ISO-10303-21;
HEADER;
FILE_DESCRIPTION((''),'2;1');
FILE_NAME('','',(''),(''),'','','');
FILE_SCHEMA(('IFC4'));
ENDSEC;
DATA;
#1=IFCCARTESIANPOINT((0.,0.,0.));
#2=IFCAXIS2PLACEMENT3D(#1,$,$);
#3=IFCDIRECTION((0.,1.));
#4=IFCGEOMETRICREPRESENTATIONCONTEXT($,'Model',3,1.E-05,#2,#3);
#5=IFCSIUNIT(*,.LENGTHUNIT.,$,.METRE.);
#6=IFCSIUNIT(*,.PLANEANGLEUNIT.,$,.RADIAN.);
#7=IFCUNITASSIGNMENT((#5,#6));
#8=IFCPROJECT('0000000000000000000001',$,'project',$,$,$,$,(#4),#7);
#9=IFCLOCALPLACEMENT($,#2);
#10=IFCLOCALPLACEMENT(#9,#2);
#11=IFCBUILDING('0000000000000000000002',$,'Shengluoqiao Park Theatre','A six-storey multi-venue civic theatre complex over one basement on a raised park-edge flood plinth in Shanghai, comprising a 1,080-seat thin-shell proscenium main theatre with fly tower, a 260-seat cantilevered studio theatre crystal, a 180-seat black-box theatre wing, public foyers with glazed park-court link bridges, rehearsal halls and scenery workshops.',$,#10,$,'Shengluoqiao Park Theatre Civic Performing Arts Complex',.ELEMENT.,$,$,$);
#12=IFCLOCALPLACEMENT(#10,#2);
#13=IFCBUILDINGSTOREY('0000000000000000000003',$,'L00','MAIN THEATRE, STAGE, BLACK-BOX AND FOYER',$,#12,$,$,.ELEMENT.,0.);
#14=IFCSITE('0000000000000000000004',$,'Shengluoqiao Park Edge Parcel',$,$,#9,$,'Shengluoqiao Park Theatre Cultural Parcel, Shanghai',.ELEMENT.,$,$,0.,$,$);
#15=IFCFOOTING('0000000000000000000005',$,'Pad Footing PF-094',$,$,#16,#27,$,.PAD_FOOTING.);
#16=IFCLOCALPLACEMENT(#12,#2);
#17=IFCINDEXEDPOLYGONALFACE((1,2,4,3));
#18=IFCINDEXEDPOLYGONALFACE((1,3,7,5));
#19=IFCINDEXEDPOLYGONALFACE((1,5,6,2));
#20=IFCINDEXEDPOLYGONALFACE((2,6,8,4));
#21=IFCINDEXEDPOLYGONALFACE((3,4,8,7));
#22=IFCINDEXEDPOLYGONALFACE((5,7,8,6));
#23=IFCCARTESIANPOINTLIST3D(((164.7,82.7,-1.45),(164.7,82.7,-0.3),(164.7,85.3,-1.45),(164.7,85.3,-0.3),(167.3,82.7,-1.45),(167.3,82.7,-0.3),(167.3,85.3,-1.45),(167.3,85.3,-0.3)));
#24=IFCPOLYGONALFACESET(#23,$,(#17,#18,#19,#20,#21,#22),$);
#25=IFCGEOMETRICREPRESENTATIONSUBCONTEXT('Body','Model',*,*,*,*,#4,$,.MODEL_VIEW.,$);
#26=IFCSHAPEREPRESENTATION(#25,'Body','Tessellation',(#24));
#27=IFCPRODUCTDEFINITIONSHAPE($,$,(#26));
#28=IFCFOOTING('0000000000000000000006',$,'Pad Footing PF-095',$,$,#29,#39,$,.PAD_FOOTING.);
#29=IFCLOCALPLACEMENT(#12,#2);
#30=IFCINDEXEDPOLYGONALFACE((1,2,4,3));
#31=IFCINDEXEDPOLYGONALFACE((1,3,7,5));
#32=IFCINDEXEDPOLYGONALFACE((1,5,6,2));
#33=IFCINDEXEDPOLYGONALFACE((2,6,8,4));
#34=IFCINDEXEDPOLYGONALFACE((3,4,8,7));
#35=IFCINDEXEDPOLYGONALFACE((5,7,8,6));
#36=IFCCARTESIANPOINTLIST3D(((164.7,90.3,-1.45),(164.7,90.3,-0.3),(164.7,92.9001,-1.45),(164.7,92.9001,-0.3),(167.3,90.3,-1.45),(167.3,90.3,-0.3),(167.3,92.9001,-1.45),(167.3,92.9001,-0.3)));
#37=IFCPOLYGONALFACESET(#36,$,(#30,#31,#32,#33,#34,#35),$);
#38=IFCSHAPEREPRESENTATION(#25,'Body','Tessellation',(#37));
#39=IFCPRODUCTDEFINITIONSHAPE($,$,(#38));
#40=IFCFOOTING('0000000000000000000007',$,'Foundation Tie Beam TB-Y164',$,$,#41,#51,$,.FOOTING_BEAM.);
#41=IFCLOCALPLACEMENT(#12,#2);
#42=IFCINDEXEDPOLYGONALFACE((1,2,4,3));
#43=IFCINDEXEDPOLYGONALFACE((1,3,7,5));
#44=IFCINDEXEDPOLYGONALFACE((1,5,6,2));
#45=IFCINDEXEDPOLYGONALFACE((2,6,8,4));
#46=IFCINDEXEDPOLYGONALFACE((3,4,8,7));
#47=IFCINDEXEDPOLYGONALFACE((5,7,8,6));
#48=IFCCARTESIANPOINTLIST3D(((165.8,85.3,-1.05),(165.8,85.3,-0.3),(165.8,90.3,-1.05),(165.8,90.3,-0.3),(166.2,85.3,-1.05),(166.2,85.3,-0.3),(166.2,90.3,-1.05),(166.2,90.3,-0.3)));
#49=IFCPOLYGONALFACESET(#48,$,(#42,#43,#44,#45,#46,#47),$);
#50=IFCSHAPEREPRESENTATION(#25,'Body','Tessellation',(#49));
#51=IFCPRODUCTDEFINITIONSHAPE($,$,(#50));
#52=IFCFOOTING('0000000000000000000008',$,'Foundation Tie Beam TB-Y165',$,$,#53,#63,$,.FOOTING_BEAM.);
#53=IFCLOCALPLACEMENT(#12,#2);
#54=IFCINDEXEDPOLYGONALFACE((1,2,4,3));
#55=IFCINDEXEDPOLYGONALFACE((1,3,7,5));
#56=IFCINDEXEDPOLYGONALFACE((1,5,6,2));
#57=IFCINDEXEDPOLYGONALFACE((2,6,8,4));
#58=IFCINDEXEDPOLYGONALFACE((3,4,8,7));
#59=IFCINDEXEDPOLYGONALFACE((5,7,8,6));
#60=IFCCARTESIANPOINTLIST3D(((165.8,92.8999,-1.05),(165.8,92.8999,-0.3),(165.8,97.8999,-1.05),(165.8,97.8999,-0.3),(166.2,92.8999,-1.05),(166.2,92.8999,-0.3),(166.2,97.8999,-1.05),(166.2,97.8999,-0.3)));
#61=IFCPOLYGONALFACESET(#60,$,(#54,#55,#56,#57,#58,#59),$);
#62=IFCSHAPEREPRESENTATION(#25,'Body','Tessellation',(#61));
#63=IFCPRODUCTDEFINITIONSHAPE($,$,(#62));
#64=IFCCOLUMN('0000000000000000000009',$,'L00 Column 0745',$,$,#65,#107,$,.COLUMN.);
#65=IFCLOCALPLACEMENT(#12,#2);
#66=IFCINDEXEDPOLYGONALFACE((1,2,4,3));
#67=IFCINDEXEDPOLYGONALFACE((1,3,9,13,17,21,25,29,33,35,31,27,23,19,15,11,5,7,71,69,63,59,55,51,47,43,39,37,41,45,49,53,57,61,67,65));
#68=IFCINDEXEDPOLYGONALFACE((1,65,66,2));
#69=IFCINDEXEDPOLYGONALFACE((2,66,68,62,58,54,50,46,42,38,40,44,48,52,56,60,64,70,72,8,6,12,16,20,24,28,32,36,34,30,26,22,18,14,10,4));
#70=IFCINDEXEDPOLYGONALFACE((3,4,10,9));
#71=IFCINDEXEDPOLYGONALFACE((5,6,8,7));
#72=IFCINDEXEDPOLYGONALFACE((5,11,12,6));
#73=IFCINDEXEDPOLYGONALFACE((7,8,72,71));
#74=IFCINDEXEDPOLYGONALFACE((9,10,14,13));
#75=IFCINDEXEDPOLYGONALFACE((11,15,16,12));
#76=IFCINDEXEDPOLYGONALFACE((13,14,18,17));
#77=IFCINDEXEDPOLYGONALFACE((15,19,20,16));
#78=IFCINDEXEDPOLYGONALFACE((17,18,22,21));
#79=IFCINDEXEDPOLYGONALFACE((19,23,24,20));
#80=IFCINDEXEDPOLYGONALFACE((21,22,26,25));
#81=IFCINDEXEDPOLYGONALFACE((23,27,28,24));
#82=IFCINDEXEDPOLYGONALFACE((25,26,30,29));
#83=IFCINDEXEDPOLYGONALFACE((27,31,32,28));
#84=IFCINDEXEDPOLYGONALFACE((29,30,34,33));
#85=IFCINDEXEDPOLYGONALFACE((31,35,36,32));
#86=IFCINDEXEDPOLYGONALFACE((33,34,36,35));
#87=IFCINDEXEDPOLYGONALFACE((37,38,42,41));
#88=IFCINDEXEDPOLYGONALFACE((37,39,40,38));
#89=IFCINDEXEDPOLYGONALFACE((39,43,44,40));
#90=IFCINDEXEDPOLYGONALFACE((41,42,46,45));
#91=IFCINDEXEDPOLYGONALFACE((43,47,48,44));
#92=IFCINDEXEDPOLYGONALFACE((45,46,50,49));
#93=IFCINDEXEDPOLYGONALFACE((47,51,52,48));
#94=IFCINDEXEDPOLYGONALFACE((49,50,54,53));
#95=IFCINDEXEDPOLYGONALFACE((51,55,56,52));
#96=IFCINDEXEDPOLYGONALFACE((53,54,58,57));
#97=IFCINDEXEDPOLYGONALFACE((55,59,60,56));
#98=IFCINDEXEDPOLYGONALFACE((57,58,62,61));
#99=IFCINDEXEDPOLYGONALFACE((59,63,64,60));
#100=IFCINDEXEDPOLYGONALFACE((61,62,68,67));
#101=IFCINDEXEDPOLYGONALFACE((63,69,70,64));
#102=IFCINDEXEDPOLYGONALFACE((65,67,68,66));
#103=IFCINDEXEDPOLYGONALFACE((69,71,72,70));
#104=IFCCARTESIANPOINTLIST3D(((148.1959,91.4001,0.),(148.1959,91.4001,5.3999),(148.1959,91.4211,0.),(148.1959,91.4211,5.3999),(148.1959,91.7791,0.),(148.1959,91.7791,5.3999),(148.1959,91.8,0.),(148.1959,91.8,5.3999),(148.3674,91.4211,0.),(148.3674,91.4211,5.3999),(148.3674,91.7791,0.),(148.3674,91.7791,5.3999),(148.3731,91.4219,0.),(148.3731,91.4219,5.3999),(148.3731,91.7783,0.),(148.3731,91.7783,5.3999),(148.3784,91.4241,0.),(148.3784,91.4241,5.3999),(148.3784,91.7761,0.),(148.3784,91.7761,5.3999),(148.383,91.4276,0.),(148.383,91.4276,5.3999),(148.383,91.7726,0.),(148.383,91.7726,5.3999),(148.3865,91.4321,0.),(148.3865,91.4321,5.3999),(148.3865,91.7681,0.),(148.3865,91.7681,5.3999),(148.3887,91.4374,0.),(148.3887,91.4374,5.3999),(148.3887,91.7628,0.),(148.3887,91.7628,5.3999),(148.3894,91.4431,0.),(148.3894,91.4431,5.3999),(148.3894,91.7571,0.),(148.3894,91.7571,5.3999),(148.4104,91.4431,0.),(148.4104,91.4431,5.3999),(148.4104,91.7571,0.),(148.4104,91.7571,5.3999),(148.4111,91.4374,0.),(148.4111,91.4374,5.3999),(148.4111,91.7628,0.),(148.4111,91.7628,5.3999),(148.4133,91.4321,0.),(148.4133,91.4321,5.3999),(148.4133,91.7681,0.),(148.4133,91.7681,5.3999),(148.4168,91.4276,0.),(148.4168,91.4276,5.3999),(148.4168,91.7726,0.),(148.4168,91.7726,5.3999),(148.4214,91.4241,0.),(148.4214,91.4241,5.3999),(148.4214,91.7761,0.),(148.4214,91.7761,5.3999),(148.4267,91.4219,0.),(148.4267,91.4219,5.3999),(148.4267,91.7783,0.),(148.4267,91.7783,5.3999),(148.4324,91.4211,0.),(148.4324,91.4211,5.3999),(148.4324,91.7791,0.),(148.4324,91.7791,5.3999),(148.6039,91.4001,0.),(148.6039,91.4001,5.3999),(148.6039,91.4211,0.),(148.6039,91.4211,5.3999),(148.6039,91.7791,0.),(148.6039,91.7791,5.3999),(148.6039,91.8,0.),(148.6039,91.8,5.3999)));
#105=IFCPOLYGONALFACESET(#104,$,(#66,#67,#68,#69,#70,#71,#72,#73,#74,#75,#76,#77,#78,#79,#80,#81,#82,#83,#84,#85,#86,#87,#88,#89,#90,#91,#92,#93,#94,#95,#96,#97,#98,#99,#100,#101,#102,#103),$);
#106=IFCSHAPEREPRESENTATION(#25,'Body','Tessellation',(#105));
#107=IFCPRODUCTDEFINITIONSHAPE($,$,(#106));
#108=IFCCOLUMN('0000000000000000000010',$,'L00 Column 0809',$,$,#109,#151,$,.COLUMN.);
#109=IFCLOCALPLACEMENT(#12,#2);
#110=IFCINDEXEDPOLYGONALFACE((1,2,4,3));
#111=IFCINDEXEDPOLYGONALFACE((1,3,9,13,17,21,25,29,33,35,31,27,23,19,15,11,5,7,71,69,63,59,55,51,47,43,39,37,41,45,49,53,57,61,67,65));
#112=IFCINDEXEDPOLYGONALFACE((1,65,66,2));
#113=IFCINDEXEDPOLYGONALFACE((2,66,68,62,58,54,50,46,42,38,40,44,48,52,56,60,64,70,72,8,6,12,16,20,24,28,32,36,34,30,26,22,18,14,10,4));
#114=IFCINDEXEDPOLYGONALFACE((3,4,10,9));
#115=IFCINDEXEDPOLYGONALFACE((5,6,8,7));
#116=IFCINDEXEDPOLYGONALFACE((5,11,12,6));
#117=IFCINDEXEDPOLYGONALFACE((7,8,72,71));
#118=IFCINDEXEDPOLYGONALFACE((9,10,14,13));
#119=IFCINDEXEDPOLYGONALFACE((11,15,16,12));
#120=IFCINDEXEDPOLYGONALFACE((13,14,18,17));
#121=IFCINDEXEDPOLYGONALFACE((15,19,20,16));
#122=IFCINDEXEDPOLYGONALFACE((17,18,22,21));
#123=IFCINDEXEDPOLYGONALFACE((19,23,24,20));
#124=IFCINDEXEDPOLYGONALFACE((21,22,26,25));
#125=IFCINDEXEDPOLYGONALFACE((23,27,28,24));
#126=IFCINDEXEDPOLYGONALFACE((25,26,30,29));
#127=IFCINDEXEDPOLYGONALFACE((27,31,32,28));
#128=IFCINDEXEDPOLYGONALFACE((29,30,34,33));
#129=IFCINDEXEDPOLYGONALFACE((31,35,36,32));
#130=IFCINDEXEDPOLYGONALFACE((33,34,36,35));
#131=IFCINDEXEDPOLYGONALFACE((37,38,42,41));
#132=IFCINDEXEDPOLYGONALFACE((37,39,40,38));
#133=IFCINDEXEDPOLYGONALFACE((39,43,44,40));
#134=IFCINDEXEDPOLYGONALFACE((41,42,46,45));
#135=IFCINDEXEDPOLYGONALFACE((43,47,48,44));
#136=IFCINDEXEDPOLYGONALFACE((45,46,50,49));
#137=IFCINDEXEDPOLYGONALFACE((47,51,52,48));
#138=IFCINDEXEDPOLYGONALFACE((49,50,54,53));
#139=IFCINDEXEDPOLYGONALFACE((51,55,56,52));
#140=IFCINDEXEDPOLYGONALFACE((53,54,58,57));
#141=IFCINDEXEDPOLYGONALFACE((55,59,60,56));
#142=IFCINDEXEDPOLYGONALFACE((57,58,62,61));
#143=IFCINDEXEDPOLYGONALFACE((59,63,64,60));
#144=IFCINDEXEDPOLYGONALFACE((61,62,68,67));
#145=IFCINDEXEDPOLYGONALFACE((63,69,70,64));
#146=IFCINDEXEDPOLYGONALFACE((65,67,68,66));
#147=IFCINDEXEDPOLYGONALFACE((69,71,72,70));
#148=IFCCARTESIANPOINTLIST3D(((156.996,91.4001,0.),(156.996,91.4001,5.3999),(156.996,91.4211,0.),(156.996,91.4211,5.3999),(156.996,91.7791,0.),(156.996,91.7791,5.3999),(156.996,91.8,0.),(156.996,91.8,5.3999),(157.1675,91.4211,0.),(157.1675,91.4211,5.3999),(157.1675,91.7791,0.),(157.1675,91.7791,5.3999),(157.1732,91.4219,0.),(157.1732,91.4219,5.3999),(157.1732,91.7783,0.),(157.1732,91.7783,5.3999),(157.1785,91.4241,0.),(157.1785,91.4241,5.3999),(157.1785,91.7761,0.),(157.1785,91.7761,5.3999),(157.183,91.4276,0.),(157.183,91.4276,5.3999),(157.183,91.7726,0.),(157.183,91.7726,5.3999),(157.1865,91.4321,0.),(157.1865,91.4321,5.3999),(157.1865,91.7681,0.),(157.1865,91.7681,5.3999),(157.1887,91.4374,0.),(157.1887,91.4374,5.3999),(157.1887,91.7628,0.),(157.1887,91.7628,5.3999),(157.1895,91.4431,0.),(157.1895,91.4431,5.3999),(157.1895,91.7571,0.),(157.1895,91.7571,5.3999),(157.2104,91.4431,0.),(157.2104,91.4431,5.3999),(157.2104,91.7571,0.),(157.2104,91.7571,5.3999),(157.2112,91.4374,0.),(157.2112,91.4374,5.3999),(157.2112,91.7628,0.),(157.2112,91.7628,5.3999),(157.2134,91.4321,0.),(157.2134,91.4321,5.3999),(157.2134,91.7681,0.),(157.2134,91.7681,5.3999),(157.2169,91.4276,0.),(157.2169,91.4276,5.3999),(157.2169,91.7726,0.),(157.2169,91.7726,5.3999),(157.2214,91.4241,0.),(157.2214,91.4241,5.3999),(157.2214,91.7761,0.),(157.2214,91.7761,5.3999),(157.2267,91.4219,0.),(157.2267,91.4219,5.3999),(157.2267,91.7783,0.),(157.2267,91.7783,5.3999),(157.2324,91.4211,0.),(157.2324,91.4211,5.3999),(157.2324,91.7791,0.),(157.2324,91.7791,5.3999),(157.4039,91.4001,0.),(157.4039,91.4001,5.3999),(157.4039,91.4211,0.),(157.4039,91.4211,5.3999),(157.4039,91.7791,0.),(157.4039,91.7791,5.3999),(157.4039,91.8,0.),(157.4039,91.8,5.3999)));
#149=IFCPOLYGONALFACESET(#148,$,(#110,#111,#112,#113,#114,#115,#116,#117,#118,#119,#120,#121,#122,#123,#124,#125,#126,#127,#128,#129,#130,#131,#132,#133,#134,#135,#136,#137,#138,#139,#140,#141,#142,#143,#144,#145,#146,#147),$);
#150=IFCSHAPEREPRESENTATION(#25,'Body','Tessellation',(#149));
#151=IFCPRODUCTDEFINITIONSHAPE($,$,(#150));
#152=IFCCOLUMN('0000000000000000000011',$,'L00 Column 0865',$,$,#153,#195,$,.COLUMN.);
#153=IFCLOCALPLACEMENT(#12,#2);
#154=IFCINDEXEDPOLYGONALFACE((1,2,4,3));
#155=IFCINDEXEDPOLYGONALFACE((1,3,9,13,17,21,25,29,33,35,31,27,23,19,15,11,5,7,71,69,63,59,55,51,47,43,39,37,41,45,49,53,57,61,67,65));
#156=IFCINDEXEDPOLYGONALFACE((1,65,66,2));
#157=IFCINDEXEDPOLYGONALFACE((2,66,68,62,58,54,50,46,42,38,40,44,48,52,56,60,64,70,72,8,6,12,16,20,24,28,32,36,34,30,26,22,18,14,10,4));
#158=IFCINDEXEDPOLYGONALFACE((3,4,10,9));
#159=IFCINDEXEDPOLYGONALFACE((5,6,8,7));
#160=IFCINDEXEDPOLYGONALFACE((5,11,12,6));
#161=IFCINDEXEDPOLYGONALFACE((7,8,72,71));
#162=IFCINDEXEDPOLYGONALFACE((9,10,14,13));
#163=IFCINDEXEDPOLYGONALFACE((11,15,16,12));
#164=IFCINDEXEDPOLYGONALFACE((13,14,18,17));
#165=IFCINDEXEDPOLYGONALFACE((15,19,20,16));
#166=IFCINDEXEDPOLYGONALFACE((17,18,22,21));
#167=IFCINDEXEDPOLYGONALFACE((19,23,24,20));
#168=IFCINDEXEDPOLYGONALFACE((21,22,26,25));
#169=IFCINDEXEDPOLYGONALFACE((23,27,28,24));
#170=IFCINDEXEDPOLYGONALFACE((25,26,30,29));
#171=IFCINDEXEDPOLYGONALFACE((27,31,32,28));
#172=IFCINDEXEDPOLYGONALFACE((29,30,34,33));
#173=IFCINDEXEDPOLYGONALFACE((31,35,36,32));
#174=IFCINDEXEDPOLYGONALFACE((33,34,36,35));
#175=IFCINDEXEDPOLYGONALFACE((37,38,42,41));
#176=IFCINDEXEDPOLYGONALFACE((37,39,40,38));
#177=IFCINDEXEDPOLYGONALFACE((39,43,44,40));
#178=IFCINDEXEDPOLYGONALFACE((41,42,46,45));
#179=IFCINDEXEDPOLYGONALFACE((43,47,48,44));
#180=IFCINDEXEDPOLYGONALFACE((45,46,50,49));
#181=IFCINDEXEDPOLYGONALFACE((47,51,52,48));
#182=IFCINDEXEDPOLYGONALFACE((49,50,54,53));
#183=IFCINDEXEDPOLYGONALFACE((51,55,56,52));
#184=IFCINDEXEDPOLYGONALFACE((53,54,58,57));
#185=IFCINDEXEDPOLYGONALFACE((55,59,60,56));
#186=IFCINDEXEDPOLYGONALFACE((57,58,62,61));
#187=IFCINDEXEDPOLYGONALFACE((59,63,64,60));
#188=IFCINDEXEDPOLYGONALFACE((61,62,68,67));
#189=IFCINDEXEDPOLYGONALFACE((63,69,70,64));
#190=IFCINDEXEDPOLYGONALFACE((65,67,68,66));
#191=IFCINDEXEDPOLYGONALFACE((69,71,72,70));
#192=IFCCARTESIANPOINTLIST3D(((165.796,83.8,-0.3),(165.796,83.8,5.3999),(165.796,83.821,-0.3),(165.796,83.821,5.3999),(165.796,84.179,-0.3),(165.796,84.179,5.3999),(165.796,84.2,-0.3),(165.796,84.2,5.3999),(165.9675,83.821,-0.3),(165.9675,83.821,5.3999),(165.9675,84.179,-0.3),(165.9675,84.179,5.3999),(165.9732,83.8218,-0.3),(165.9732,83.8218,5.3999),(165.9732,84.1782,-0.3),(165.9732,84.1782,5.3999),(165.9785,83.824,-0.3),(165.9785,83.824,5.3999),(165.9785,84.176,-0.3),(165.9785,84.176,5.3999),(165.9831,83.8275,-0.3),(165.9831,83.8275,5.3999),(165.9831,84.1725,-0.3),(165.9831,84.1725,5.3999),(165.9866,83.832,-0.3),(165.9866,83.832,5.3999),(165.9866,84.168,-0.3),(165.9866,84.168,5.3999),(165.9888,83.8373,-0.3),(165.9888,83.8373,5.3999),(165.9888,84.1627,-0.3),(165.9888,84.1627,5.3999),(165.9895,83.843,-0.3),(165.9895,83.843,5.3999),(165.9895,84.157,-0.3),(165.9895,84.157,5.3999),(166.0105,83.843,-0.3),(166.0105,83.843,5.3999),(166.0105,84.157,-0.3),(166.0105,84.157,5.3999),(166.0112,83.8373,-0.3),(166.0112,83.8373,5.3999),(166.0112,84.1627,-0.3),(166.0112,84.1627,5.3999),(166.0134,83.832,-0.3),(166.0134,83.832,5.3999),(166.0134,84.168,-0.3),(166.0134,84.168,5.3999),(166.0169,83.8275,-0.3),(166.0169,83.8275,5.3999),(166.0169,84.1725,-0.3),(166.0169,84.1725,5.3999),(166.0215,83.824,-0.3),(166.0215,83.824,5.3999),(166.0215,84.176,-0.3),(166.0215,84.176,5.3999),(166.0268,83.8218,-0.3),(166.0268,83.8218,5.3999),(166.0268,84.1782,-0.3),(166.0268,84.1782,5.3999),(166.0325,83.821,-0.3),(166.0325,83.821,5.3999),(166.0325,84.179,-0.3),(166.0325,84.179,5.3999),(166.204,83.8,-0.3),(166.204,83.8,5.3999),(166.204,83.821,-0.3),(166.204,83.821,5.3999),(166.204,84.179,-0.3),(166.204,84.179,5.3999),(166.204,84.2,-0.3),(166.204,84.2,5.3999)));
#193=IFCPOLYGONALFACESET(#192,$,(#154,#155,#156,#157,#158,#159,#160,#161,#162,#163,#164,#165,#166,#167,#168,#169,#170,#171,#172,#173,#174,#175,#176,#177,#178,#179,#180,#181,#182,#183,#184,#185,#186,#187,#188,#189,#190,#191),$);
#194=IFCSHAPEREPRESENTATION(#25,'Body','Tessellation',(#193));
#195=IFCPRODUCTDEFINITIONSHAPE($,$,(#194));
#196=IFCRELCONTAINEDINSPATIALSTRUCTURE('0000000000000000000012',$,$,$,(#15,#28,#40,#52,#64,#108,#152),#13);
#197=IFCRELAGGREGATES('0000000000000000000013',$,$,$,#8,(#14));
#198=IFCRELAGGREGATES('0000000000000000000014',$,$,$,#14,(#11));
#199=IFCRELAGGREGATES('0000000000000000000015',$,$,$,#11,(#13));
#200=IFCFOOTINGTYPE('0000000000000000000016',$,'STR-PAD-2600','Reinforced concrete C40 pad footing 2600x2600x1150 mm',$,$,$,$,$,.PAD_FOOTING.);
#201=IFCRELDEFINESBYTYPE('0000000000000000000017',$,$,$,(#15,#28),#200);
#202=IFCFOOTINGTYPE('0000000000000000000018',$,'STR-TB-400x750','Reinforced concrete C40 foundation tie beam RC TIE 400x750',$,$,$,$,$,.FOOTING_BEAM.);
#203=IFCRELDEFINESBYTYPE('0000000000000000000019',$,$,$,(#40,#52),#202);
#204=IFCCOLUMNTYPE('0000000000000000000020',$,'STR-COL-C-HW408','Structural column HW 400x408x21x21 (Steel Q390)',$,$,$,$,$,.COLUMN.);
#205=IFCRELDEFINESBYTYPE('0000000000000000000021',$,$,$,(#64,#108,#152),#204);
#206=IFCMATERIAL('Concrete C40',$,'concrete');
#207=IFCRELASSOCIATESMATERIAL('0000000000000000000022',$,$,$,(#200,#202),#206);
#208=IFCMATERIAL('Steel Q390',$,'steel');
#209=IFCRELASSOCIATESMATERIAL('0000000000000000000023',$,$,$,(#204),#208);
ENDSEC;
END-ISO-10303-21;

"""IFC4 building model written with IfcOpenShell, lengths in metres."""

from ifc_helpers import new_model, si_unit, direction, frame, origin, origin_2d, place, context, subcontext, project, spatial, rectangle, i_section, extrude, material, material_profile, profile_set, type_object, element, save


model = new_model("IFC4")

# Units and contexts
model_context = context("Model", 3, precision=1e-05, world=origin(), true_north=direction((0.0, 1.0)))
body_context = subcontext(model_context, "Body", "Model", "MODEL_VIEW")
ifc_project = project(units=[si_unit("LENGTHUNIT", "METRE"), si_unit("PLANEANGLEUNIT", "RADIAN")], contexts=[model_context])

# Site, building, storey
site_placement = place(None, origin())
site = spatial("IfcSite", under=ifc_project, at=site_placement, Name="Shengluoqiao Park Edge Parcel", LongName="Shengluoqiao Park Theatre Cultural Parcel, Shanghai", CompositionType="ELEMENT", RefElevation=0.0)
building_placement = place(site_placement, origin())
building = spatial("IfcBuilding", under=site, at=building_placement, Name="Shengluoqiao Park Theatre", Description="A six-storey multi-venue civic theatre complex over one basement on a raised park-edge flood plinth in Shanghai, comprising a 1,080-seat thin-shell proscenium main theatre with fly tower, a 260-seat cantilevered studio theatre crystal, a 180-seat black-box theatre wing, public foyers with glazed park-court link bridges, rehearsal halls and scenery workshops.", LongName="Shengluoqiao Park Theatre Civic Performing Arts Complex", CompositionType="ELEMENT")
storey_placement = place(building_placement, origin())
storey = spatial("IfcBuildingStorey", under=building, at=storey_placement, Name="L00", Description="MAIN THEATRE, STAGE, BLACK-BOX AND FOYER", CompositionType="ELEMENT", Elevation=0.0)

# Footings
ifc_material_1 = material(Name="Concrete C40", Category="concrete")
footing_type_1 = type_object("IfcFootingType", Name="STR-PAD-2600", Description="Reinforced concrete C40 pad footing 2600x2600x1150 mm", PredefinedType="PAD_FOOTING", material=ifc_material_1)
for number, where, z_axis, x_axis, name in (
    (1, (166.0, 84.0, -1.45), (0.0, 0.0, 1.0), (1.0, 0.0, 0.0), "Pad Footing PF-094"),
    (2, (166.0, 91.6001, -1.45), (0.0, 0.0, 1.0), (1.0, 0.0, 0.0), "Pad Footing PF-095"),
):
    element("IfcFooting", number, at=place(storey_placement, frame(where, z_axis=z_axis, x_axis=x_axis)), inside=storey, type_object=footing_type_1, Name=name, PredefinedType="PAD_FOOTING", context=body_context, shape_type="SweptSolid", body=[
        extrude(rectangle(XDim=2.6001, YDim=2.6001, at=origin_2d()), origin(), (0.0, 0.0, 1.0), 1.1499),
    ])
ifc_material_profile_1 = material_profile(ifc_material_1, rectangle(XDim=0.3999, YDim=0.75, at=origin_2d()), Name="RC TIE 400x750")
ifc_profile_set_1 = profile_set([ifc_material_profile_1], Name="Concrete C40")
footing_type_2 = type_object("IfcFootingType", Name="STR-TB-400x750", Description="Reinforced concrete C40 foundation tie beam RC TIE 400x750", PredefinedType="FOOTING_BEAM", material=ifc_profile_set_1)
for number, where, z_axis, x_axis, name in (
    (3, (166.0, 85.3, -0.675), (0.0, 1.0, 0.0), (-1.0, 0.0, 0.0), "Foundation Tie Beam TB-Y164"),
    (4, (166.0, 92.8999, -0.675), (0.0, 1.0, 0.0), (-1.0, 0.0, 0.0), "Foundation Tie Beam TB-Y165"),
):
    element("IfcFooting", number, at=place(storey_placement, frame(where, z_axis=z_axis, x_axis=x_axis)), inside=storey, type_object=footing_type_2, Name=name, PredefinedType="FOOTING_BEAM", context=body_context, shape_type="SweptSolid", body=[
        extrude(rectangle(XDim=0.3999, YDim=0.75, at=origin_2d()), origin(), (0.0, 0.0, 1.0), 5.0),
    ])

# Columns
ifc_material_2 = material(Name="Steel Q390", Category="steel")
ifc_material_profile_2 = material_profile(ifc_material_2, i_section(OverallWidth=0.408, OverallDepth=0.3999, WebThickness=0.021, FlangeThickness=0.021, FilletRadius=0.022, at=origin_2d()), Name="HW 400x408x21x21")
ifc_profile_set_2 = profile_set([ifc_material_profile_2], Name="Steel Q390")
column_type = type_object("IfcColumnType", Name="STR-COL-C-HW408", Description="Structural column HW 400x408x21x21 (Steel Q390)", PredefinedType="COLUMN", material=ifc_profile_set_2)
for number, where, z_axis, x_axis, name in (
    (5, (148.3999, 91.6001, 0.0), (0.0, 0.0, 1.0), (1.0, 0.0, 0.0), "L00 Column 0745"),
    (6, (157.2, 91.6001, 0.0), (0.0, 0.0, 1.0), (1.0, 0.0, 0.0), "L00 Column 0809"),
):
    element("IfcColumn", number, at=place(storey_placement, frame(where, z_axis=z_axis, x_axis=x_axis)), inside=storey, type_object=column_type, Name=name, PredefinedType="COLUMN", context=body_context, shape_type="SweptSolid", body=[
        extrude(i_section(OverallWidth=0.408, OverallDepth=0.3999, WebThickness=0.021, FlangeThickness=0.021, FilletRadius=0.022, at=origin_2d()), origin(), (0.0, 0.0, 1.0), 5.3999),
    ])
for number, where, z_axis, x_axis, name in (
    (7, (166.0, 84.0, -0.3), (0.0, 0.0, 1.0), (1.0, 0.0, 0.0), "L00 Column 0865"),
):
    element("IfcColumn", number, at=place(storey_placement, frame(where, z_axis=z_axis, x_axis=x_axis)), inside=storey, type_object=column_type, Name=name, PredefinedType="COLUMN", context=body_context, shape_type="SweptSolid", body=[
        extrude(i_section(OverallWidth=0.408, OverallDepth=0.3999, WebThickness=0.021, FlangeThickness=0.021, FilletRadius=0.022, at=origin_2d()), origin(), (0.0, 0.0, 1.0), 5.7),
    ])

save(model, "model.ifc")
